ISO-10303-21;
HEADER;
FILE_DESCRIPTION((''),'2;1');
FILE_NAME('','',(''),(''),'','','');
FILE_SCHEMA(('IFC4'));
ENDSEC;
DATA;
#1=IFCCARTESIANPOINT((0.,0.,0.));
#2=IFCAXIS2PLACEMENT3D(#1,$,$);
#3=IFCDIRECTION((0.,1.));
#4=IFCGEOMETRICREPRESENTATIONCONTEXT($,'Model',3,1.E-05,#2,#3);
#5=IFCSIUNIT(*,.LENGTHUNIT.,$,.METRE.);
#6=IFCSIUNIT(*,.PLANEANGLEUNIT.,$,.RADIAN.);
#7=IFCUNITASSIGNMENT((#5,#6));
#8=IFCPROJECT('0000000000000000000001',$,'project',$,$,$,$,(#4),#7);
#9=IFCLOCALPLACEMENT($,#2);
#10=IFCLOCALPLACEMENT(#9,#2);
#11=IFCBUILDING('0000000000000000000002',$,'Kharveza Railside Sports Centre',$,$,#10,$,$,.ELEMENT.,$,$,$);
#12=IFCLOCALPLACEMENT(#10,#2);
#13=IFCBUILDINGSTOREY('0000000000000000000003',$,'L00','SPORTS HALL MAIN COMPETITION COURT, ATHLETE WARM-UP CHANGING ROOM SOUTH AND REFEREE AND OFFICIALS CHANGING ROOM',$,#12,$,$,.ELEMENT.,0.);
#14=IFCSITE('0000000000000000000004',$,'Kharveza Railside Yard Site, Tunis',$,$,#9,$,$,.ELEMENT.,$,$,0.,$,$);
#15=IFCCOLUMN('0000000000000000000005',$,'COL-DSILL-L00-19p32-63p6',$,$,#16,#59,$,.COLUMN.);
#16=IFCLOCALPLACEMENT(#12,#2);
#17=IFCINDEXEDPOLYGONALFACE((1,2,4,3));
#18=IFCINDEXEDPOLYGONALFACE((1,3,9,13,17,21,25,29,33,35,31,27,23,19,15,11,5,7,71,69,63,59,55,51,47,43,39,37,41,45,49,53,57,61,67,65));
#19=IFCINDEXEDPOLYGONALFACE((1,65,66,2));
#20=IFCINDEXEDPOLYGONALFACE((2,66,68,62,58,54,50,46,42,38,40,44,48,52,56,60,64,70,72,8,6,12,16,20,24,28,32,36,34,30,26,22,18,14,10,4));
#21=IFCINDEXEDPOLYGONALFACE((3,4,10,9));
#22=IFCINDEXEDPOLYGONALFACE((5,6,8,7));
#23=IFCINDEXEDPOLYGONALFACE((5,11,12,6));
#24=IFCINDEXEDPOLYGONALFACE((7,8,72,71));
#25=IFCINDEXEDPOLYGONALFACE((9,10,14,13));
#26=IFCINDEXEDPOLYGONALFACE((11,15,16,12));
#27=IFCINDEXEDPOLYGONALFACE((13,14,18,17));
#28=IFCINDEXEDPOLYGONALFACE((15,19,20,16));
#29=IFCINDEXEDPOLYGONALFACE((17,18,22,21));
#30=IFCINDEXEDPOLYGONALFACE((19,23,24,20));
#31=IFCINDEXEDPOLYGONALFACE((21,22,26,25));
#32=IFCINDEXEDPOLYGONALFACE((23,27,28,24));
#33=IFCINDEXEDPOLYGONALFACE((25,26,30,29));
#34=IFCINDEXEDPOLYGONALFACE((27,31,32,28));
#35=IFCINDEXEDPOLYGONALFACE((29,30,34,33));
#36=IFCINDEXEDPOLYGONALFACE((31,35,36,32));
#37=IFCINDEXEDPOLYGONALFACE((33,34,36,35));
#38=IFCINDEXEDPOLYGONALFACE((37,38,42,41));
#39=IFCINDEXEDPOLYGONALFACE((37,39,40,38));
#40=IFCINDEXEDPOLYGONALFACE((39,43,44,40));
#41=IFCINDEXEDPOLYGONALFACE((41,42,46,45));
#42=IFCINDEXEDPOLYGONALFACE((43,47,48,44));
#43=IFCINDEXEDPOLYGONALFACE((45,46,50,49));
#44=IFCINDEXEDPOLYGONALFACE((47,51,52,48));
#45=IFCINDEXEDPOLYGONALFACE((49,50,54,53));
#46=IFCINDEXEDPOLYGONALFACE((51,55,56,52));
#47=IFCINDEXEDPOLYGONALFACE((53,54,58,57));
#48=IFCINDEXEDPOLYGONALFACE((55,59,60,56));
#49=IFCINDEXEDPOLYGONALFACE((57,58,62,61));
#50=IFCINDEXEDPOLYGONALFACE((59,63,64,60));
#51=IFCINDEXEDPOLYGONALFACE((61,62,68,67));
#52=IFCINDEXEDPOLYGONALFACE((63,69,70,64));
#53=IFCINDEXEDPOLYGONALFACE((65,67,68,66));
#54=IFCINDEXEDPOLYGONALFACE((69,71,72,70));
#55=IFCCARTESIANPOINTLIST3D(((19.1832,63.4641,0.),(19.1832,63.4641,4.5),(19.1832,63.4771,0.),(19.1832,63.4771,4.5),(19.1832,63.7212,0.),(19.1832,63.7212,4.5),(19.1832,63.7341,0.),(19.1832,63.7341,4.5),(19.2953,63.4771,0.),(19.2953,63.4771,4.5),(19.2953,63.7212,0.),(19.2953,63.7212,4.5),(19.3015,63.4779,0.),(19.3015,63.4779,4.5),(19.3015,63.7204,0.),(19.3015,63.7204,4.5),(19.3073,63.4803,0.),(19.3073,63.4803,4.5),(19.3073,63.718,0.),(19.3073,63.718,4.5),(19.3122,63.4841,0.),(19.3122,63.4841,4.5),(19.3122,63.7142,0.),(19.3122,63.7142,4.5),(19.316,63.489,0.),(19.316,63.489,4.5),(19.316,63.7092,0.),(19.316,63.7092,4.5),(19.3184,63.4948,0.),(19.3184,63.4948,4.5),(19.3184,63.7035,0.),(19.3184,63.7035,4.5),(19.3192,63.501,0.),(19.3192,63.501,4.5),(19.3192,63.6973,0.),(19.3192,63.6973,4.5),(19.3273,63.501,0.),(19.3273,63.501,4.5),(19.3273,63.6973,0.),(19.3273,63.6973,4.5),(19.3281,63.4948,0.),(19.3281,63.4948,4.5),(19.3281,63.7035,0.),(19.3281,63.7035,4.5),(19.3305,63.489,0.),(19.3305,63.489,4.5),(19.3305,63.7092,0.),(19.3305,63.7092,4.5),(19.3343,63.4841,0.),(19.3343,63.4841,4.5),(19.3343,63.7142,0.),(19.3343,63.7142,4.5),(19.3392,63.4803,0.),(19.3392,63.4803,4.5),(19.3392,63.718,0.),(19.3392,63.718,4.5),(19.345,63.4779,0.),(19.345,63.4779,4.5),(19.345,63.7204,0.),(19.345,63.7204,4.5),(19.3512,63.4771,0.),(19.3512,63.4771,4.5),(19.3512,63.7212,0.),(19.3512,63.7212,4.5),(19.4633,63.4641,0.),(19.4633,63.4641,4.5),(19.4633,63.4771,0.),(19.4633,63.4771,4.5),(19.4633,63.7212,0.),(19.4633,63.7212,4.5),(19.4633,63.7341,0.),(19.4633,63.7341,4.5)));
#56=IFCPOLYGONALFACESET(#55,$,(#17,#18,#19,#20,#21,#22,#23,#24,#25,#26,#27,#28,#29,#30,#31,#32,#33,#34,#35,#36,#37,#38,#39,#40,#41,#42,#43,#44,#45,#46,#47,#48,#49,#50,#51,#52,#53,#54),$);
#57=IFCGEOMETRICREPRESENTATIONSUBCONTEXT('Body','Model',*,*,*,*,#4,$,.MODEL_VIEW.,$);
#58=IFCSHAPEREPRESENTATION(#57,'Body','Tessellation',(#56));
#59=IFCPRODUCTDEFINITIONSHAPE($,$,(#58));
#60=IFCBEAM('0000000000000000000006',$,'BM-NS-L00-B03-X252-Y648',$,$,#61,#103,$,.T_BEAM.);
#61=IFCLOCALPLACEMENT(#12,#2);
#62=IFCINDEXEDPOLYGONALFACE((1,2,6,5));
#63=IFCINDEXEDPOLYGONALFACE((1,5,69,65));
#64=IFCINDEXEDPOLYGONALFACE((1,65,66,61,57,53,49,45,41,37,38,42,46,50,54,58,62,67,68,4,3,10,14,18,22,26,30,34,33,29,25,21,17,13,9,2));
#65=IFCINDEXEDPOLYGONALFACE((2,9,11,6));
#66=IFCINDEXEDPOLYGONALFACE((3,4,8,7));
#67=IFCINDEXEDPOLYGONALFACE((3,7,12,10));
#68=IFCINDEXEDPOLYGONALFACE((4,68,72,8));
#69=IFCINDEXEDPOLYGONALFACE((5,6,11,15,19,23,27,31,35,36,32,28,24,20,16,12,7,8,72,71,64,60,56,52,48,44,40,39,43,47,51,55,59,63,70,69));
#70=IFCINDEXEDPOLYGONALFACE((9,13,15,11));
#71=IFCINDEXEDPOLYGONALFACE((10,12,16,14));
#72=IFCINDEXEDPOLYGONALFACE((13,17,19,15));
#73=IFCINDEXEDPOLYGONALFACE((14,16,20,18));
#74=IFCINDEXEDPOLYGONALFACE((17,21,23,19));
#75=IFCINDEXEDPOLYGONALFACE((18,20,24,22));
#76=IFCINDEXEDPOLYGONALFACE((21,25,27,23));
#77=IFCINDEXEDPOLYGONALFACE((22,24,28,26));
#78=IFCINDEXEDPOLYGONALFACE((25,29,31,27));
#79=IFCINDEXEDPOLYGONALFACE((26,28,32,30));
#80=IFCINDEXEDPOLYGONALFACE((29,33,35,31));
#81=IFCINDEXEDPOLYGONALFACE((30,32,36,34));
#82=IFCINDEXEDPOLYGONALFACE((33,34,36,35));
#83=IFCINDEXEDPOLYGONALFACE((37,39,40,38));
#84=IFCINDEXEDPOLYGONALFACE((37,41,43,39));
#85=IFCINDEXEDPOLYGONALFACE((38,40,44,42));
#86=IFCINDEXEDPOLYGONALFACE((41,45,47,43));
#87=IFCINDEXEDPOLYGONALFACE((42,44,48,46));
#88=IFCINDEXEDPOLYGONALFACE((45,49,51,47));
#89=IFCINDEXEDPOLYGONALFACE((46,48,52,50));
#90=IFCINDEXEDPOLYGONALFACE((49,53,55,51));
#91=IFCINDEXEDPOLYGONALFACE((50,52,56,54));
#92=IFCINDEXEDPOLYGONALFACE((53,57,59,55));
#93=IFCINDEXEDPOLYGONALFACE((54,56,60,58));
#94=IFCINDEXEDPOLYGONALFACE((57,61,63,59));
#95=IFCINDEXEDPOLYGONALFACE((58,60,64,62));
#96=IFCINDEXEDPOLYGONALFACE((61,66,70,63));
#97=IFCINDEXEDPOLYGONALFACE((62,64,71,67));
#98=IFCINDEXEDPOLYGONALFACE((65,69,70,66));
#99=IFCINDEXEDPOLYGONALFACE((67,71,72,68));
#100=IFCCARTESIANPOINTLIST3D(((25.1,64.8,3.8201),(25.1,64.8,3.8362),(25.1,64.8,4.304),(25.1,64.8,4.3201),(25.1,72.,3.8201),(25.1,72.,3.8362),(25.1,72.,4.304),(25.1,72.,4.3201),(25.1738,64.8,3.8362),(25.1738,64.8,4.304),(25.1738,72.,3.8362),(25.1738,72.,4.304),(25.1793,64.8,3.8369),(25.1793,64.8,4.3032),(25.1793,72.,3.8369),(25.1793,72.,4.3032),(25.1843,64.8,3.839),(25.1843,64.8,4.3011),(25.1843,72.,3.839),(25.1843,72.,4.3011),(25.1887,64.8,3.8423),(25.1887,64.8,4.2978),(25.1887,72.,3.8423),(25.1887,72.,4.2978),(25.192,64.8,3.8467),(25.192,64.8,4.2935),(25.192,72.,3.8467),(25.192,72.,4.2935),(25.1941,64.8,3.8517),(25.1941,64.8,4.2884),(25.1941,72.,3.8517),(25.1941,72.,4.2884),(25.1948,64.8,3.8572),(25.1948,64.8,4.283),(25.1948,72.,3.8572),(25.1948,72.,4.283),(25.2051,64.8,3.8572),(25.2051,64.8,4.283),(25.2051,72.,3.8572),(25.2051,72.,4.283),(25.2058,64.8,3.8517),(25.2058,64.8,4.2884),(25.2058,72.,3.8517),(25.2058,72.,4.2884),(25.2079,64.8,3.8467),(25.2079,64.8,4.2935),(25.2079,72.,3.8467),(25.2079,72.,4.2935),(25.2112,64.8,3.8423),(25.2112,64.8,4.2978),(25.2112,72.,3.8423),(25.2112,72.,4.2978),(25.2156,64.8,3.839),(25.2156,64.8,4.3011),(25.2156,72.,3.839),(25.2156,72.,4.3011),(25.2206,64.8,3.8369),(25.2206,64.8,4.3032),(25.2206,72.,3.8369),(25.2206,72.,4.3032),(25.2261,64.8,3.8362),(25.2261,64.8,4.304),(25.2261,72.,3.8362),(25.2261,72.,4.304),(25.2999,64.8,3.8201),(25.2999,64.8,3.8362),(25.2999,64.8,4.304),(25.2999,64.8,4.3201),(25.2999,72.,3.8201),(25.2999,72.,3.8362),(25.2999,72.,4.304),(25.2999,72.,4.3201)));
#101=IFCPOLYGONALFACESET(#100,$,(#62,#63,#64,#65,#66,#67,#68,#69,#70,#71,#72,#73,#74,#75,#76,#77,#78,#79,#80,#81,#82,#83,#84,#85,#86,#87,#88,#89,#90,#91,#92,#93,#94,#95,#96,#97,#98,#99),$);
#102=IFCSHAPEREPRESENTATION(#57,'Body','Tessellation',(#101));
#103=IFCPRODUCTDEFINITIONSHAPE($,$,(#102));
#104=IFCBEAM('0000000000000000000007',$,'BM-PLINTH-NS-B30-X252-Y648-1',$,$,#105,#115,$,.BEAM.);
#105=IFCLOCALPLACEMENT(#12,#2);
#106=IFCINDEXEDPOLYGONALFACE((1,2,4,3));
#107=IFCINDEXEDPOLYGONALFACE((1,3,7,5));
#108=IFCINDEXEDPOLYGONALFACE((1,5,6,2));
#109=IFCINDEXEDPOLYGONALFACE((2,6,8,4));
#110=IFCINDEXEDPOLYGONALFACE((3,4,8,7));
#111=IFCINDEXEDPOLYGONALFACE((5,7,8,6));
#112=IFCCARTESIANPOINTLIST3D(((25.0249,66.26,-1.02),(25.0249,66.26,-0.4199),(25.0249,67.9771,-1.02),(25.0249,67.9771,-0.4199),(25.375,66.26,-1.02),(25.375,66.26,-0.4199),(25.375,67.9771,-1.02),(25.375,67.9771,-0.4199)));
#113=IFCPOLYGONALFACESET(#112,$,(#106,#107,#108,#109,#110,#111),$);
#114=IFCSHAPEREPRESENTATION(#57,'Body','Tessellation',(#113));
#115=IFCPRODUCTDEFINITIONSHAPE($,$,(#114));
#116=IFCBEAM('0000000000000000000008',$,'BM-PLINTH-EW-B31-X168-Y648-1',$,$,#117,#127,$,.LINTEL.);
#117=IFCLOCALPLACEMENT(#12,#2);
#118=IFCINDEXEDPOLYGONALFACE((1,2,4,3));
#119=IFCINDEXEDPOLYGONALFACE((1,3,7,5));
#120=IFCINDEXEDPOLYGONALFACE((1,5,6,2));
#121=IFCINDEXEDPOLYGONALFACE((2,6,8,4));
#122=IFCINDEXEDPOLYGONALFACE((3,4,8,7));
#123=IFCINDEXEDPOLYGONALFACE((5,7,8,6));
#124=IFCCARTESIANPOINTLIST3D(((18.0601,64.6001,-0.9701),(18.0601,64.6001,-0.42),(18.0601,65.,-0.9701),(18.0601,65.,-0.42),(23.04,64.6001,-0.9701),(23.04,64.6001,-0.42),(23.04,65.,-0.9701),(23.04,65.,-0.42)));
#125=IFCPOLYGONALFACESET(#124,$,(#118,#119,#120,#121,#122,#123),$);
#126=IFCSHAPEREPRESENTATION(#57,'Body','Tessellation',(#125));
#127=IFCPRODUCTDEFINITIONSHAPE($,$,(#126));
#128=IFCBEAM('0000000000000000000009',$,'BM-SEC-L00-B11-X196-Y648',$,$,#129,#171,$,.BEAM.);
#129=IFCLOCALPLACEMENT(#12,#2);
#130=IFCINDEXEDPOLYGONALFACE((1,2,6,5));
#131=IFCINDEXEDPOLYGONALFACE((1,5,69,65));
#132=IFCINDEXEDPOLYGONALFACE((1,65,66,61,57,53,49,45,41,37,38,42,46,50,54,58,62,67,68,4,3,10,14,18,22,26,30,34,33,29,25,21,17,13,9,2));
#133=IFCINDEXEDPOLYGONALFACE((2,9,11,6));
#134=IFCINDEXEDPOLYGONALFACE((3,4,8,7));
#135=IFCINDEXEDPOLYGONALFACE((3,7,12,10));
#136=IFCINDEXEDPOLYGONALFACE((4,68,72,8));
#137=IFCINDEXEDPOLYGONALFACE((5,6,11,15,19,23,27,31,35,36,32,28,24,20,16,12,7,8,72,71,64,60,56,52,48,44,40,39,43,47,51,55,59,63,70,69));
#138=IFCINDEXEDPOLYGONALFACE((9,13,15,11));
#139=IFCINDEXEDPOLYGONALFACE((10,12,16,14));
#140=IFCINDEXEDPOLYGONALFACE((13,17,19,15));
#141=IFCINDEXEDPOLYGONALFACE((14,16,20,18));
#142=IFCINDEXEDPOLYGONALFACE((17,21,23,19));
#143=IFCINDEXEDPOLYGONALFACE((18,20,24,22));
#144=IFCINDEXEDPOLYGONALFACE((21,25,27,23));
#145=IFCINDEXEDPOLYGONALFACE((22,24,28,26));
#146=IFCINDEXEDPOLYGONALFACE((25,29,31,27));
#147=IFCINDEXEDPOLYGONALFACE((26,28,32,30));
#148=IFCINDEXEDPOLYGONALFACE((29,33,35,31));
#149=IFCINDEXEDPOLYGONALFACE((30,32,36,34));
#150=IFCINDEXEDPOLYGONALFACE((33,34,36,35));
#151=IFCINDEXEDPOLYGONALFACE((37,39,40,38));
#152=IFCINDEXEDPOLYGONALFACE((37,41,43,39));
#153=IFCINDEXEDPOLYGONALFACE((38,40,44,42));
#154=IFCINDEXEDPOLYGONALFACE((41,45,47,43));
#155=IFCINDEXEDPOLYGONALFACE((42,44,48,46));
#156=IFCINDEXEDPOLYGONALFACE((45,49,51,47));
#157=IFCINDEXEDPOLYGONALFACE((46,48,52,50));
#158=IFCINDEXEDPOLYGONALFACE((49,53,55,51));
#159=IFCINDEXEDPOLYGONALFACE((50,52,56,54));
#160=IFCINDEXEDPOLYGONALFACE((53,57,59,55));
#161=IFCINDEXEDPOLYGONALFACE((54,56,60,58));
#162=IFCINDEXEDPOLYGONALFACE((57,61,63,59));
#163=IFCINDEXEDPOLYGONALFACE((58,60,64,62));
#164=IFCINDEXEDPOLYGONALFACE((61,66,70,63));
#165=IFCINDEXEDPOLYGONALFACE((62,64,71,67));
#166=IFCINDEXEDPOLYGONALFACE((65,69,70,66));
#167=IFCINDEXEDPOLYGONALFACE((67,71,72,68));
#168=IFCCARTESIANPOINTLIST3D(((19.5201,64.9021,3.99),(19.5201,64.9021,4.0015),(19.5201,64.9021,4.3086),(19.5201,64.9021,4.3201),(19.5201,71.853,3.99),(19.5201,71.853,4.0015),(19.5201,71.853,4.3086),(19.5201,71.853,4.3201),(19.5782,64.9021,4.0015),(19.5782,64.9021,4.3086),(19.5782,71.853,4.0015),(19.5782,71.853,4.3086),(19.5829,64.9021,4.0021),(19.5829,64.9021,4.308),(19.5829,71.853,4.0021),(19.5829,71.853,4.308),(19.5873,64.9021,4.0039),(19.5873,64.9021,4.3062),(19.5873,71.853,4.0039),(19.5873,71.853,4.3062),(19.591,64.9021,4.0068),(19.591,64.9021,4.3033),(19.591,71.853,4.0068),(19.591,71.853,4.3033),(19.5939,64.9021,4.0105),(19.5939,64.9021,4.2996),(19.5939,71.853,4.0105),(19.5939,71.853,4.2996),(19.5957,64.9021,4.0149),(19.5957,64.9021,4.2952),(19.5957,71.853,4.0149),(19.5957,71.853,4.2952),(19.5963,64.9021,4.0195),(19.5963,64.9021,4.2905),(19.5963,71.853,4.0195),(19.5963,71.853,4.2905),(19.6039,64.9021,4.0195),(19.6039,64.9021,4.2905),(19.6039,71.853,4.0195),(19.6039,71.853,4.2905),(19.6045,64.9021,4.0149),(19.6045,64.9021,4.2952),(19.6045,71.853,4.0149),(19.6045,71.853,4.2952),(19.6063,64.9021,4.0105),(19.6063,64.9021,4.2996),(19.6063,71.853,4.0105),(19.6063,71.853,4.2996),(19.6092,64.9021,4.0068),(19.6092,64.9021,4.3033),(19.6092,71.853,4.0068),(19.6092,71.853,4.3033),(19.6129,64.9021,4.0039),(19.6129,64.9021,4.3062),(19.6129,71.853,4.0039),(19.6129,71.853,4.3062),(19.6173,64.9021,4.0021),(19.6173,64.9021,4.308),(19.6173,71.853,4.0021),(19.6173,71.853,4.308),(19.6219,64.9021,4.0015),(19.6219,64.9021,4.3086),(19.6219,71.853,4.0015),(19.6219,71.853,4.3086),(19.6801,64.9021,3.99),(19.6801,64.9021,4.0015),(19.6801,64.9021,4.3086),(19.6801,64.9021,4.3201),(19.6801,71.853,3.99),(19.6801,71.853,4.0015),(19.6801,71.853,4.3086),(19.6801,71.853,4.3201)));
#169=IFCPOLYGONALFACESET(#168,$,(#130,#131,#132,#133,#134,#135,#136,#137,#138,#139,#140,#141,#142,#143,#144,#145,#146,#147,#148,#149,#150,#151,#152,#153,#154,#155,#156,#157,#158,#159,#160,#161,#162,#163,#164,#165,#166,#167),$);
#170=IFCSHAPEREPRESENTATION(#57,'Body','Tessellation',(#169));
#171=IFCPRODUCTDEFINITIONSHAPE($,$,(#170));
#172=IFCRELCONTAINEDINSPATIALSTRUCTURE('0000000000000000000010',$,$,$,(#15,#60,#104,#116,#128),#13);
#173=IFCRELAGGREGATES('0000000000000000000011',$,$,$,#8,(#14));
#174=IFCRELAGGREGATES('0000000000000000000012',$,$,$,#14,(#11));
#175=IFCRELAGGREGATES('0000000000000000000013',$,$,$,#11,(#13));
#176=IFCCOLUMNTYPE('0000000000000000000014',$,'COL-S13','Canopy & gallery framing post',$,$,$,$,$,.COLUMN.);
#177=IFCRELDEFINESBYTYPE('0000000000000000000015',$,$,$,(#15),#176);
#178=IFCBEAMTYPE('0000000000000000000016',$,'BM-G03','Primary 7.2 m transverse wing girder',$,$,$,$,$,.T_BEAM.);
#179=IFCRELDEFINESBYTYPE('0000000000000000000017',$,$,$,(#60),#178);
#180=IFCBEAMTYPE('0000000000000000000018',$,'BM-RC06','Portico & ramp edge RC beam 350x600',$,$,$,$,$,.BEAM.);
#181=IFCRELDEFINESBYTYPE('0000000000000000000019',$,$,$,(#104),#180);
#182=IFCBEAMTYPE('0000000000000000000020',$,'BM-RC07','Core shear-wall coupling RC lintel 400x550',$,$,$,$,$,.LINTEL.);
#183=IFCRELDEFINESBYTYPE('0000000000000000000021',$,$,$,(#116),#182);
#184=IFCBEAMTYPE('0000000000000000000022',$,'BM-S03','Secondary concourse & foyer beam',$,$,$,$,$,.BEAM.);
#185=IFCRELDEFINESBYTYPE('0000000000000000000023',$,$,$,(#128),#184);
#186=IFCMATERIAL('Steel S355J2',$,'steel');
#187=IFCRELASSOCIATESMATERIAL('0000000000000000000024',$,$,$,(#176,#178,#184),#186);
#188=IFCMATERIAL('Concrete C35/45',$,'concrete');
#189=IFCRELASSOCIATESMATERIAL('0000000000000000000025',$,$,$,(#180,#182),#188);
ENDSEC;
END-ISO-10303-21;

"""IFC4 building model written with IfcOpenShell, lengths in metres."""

from ifc_helpers import new_model, si_unit, direction, frame, origin, origin_2d, place, context, subcontext, project, spatial, rectangle, i_section, extrude, material, material_profile, profile_set, type_object, element, save


model = new_model("IFC4")

# Units and contexts
model_context = context("Model", 3, precision=1e-05, world=origin(), true_north=direction((0.0, 1.0)))
body_context = subcontext(model_context, "Body", "Model", "MODEL_VIEW")
ifc_project = project(units=[si_unit("LENGTHUNIT", "METRE"), si_unit("PLANEANGLEUNIT", "RADIAN")], contexts=[model_context])

# Site, building, storey
site_placement = place(None, origin())
site = spatial("IfcSite", under=ifc_project, at=site_placement, Name="Kharveza Railside Yard Site, Tunis", CompositionType="ELEMENT", RefElevation=0.0)
building_placement = place(site_placement, origin())
building = spatial("IfcBuilding", under=site, at=building_placement, Name="Kharveza Railside Sports Centre", CompositionType="ELEMENT")
storey_placement = place(building_placement, origin())
storey = spatial("IfcBuildingStorey", under=building, at=storey_placement, Name="L00", Description="SPORTS HALL MAIN COMPETITION COURT, ATHLETE WARM-UP CHANGING ROOM SOUTH AND REFEREE AND OFFICIALS CHANGING ROOM", CompositionType="ELEMENT", Elevation=0.0)

# Shared definitions
ifc_material_1 = material(Name="Concrete C35/45", Category="concrete")

# Column
ifc_material_2 = material(Name="Steel S355J2", Category="steel")
ifc_material_profile_1 = material_profile(ifc_material_2, i_section(OverallWidth=0.28, OverallDepth=0.27, WebThickness=0.0081, FlangeThickness=0.0129, FilletRadius=0.0239, at=origin_2d()), Name="HEA 280")
ifc_profile_set_1 = profile_set([ifc_material_profile_1], Name="Steel S355J2")
column_type_1 = type_object("IfcColumnType", Name="COL-S13", Description="Canopy & gallery framing post", PredefinedType="COLUMN", material=ifc_profile_set_1)
for number, where, z_axis, x_axis, name in (
    (1, (19.3232, 63.5991, 0.0), (0.0, 0.0, 1.0), (1.0, 0.0, 0.0), "COL-DSILL-L00-19p32-63p6"),
):
    element("IfcColumn", number, at=place(storey_placement, frame(where, z_axis=z_axis, x_axis=x_axis)), inside=storey, type_object=column_type_1, Name=name, PredefinedType="COLUMN", context=body_context, shape_type="SweptSolid", body=[
        extrude(i_section(OverallWidth=0.28, OverallDepth=0.27, WebThickness=0.0081, FlangeThickness=0.0129, FilletRadius=0.0239, at=origin_2d()), origin(), (0.0, 0.0, 1.0), 4.5),
    ])

# Beams
ifc_material_profile_2 = material_profile(ifc_material_2, i_section(OverallWidth=0.2, OverallDepth=0.5, WebThickness=0.0103, FlangeThickness=0.0161, FilletRadius=0.021, at=origin_2d()), Name="IPE 500")
ifc_profile_set_2 = profile_set([ifc_material_profile_2], Name="Steel S355J2")
beam_type_1 = type_object("IfcBeamType", Name="BM-G03", Description="Primary 7.2 m transverse wing girder", PredefinedType="T_BEAM", material=ifc_profile_set_2)
beam_1_placement = place(storey_placement, frame((25.2, 64.8, 4.0701), z_axis=(0.0, 1.0, 0.0), x_axis=(-1.0, 0.0, 0.0)))
element("IfcBeam", 2, at=beam_1_placement, inside=storey, type_object=beam_type_1, Name="BM-NS-L00-B03-X252-Y648", PredefinedType="T_BEAM", context=body_context, shape_type="SweptSolid", body=[
    extrude(i_section(OverallWidth=0.2, OverallDepth=0.5, WebThickness=0.0103, FlangeThickness=0.0161, FilletRadius=0.021, at=origin_2d()), origin(), (0.0, 0.0, 1.0), 7.2),
])
ifc_material_profile_3 = material_profile(ifc_material_1, rectangle(XDim=0.3501, YDim=0.6001, at=origin_2d()), Name="RCB 350x600")
ifc_profile_set_3 = profile_set([ifc_material_profile_3], Name="Concrete C35/45")
beam_type_2 = type_object("IfcBeamType", Name="BM-RC06", Description="Portico & ramp edge RC beam 350x600", PredefinedType="BEAM", material=ifc_profile_set_3)
beam_2_placement = place(storey_placement, frame((25.2, 66.26, -0.72), z_axis=(0.0, 1.0, 0.0), x_axis=(-1.0, 0.0, 0.0)))
element("IfcBeam", 3, at=beam_2_placement, inside=storey, type_object=beam_type_2, Name="BM-PLINTH-NS-B30-X252-Y648-1", PredefinedType="BEAM", context=body_context, shape_type="SweptSolid", body=[
    extrude(rectangle(XDim=0.3501, YDim=0.6001, at=origin_2d()), origin(), (0.0, 0.0, 1.0), 1.717),
])
ifc_material_profile_4 = material_profile(ifc_material_1, rectangle(XDim=0.3999, YDim=0.55, at=origin_2d()), Name="RCB 400x550")
ifc_profile_set_4 = profile_set([ifc_material_profile_4], Name="Concrete C35/45")
beam_type_3 = type_object("IfcBeamType", Name="BM-RC07", Description="Core shear-wall coupling RC lintel 400x550", PredefinedType="LINTEL", material=ifc_profile_set_4)
beam_3_placement = place(storey_placement, frame((18.0601, 64.8, -0.6951), z_axis=(1.0, 0.0, 0.0), x_axis=(0.0, 1.0, 0.0)))
element("IfcBeam", 4, at=beam_3_placement, inside=storey, type_object=beam_type_3, Name="BM-PLINTH-EW-B31-X168-Y648-1", PredefinedType="LINTEL", context=body_context, shape_type="SweptSolid", body=[
    extrude(rectangle(XDim=0.3999, YDim=0.55, at=origin_2d()), origin(), (0.0, 0.0, 1.0), 4.98),
])
ifc_material_profile_5 = material_profile(ifc_material_2, i_section(OverallWidth=0.1599, OverallDepth=0.3301, WebThickness=0.0076, FlangeThickness=0.0115, FilletRadius=0.0181, at=origin_2d()), Name="IPE 330")
ifc_profile_set_5 = profile_set([ifc_material_profile_5], Name="Steel S355J2")
beam_type_4 = type_object("IfcBeamType", Name="BM-S03", Description="Secondary concourse & foyer beam", PredefinedType="BEAM", material=ifc_profile_set_5)
beam_4_placement = place(storey_placement, frame((19.6001, 64.9021, 4.155), z_axis=(0.0, 1.0, 0.0), x_axis=(-1.0, 0.0, 0.0)))
element("IfcBeam", 5, at=beam_4_placement, inside=storey, type_object=beam_type_4, Name="BM-SEC-L00-B11-X196-Y648", PredefinedType="BEAM", context=body_context, shape_type="SweptSolid", body=[
    extrude(i_section(OverallWidth=0.1599, OverallDepth=0.3301, WebThickness=0.0076, FlangeThickness=0.0115, FilletRadius=0.0181, at=origin_2d()), origin(), (0.0, 0.0, 1.0), 6.9509),
])

save(model, "model.ifc")
